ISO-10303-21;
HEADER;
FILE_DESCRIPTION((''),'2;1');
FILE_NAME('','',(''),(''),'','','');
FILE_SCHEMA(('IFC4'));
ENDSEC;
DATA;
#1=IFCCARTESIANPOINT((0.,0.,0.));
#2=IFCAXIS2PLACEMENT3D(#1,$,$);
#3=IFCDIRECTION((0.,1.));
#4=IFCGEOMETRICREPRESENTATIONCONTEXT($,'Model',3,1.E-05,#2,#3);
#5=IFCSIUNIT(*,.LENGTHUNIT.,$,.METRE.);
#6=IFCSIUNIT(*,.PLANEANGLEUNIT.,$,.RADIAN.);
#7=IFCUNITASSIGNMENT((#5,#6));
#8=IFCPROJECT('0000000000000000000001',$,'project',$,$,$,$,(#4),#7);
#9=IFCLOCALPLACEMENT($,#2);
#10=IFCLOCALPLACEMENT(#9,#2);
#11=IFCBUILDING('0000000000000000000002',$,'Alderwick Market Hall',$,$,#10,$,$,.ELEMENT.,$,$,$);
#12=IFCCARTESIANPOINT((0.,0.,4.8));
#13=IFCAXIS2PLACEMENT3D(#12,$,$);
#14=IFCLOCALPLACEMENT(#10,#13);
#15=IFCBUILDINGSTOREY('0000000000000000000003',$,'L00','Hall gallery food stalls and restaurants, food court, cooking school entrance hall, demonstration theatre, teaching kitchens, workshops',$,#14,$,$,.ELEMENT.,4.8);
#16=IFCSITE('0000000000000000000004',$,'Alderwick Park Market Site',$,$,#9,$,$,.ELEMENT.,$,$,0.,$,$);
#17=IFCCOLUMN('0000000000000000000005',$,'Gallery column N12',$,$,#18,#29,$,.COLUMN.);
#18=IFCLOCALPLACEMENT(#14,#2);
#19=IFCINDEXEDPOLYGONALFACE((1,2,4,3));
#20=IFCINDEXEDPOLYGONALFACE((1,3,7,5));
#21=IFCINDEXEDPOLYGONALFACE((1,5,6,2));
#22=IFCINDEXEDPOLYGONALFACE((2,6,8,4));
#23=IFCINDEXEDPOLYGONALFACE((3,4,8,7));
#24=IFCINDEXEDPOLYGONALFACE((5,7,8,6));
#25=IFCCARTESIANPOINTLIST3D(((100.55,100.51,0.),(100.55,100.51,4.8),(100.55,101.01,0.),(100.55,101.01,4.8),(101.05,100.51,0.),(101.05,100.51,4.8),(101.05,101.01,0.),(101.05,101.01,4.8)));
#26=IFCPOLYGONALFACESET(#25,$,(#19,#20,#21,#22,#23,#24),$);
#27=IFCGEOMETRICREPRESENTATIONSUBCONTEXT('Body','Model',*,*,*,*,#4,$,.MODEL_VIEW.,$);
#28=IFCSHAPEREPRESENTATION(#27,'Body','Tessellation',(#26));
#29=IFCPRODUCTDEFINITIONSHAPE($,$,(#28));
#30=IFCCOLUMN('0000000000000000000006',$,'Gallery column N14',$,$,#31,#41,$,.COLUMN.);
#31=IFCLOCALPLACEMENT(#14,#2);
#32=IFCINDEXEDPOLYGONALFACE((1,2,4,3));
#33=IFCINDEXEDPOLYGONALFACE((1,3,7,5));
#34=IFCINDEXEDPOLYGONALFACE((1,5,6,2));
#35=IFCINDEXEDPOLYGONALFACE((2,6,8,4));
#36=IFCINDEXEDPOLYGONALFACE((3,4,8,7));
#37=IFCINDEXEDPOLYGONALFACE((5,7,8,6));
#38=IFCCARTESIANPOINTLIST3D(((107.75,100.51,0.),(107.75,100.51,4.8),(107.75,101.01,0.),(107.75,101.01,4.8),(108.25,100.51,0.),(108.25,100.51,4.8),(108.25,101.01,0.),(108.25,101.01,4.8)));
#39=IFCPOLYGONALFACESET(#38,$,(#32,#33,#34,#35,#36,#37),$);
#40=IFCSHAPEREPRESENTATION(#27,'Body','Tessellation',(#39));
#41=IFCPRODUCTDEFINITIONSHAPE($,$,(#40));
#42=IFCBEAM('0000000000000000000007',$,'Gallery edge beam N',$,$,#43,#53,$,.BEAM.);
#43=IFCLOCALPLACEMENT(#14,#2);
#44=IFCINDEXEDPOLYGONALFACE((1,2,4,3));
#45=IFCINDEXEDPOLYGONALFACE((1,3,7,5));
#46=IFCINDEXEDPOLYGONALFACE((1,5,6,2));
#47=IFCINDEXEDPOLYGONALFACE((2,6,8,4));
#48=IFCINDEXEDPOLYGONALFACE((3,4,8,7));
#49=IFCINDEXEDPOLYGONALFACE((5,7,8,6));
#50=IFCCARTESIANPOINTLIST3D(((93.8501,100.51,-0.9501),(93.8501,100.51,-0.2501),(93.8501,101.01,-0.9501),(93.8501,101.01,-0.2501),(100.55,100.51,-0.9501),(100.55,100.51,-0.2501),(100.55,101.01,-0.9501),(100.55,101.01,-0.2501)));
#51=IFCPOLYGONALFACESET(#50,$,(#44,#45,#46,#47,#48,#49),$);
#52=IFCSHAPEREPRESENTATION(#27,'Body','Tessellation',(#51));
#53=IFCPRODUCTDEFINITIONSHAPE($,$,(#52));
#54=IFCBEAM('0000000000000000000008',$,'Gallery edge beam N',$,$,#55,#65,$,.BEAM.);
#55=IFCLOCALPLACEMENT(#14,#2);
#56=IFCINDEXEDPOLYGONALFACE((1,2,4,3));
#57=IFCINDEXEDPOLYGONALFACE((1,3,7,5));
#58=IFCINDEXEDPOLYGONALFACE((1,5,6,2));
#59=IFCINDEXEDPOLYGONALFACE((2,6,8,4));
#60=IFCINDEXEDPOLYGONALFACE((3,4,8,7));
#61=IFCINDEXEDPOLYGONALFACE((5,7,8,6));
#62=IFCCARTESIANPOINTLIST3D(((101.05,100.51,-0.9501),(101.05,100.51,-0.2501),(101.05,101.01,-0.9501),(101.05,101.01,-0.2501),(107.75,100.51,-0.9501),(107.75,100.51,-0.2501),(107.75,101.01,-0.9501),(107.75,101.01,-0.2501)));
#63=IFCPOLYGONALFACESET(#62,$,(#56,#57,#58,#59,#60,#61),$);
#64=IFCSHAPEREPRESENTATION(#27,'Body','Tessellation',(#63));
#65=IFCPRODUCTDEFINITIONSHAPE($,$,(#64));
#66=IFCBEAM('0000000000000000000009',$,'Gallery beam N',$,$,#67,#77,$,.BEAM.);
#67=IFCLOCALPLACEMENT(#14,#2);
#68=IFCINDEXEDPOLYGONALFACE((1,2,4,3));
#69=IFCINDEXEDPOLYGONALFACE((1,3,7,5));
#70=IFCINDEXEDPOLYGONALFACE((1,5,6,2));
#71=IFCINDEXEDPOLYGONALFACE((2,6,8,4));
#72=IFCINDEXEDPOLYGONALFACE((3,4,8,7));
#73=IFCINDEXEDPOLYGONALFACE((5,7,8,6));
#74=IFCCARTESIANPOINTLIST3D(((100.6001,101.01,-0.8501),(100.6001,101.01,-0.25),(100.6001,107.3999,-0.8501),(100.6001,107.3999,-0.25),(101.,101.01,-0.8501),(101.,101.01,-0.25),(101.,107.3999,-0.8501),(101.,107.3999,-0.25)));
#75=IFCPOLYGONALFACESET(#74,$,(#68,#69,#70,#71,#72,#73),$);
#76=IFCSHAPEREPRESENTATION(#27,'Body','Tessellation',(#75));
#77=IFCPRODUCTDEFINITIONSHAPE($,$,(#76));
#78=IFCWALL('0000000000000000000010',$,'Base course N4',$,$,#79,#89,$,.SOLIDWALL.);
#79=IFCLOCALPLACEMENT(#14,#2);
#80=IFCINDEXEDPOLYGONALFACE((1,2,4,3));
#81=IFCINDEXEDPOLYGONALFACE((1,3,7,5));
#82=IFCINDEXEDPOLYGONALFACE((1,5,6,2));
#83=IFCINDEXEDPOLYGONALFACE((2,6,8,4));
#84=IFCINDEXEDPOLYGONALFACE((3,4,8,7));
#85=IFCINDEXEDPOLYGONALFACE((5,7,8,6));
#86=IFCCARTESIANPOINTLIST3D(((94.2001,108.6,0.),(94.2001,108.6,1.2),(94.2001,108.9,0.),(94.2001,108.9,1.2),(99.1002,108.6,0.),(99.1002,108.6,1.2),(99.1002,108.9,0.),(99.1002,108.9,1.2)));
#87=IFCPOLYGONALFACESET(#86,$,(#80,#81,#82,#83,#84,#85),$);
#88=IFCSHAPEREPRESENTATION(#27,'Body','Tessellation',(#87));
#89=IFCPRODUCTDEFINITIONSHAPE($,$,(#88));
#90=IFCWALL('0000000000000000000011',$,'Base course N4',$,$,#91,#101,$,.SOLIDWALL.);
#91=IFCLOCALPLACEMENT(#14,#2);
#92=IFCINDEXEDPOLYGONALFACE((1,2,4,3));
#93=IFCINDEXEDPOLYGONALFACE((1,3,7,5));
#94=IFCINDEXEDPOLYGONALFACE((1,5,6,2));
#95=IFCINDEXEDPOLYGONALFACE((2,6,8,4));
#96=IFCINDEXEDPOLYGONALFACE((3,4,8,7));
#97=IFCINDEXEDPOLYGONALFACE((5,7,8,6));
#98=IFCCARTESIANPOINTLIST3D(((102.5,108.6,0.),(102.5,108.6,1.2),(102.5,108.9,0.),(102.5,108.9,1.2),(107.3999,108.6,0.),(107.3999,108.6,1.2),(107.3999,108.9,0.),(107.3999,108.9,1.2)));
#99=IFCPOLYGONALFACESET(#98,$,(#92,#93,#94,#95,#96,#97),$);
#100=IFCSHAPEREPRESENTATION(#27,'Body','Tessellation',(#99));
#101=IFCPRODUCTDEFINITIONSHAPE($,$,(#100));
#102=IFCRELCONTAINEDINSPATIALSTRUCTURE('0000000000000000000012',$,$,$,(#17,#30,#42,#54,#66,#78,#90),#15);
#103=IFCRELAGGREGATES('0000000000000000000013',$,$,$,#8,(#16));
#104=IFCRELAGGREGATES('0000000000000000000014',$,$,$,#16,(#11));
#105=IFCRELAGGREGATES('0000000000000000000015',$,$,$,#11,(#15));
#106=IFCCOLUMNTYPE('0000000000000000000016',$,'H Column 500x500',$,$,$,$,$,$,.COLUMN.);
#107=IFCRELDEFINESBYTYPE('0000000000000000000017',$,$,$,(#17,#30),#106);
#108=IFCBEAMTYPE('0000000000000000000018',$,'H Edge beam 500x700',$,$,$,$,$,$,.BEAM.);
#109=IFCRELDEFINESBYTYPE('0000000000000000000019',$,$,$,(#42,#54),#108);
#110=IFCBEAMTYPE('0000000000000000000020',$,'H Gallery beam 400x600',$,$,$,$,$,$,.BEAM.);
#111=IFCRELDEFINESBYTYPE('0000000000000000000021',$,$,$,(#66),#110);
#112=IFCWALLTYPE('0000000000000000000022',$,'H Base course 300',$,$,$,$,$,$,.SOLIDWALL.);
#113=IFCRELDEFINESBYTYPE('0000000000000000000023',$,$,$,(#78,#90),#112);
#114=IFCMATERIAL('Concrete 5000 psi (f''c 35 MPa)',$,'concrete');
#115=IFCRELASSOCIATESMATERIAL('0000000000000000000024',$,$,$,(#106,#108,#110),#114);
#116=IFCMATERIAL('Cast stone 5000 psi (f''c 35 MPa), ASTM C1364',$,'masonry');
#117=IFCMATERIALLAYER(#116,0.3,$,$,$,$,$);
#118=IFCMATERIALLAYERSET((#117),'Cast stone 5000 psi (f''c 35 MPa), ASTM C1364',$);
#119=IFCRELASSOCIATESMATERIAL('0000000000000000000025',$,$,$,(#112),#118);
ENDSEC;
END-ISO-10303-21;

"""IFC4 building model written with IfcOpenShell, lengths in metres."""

from ifc_helpers import new_model, si_unit, direction, frame, frame_2d, origin, origin_2d, place, context, subcontext, project, spatial, rectangle, extrude, material, layer, layer_set, material_profile, profile_set, type_object, element, save


model = new_model("IFC4")

# Units and contexts
model_context = context("Model", 3, precision=1e-05, world=origin(), true_north=direction((0.0, 1.0)))
body_context = subcontext(model_context, "Body", "Model", "MODEL_VIEW")
ifc_project = project(units=[si_unit("LENGTHUNIT", "METRE"), si_unit("PLANEANGLEUNIT", "RADIAN")], contexts=[model_context])

# Site, building, storey
site_placement = place(None, origin())
site = spatial("IfcSite", under=ifc_project, at=site_placement, Name="Alderwick Park Market Site", CompositionType="ELEMENT", RefElevation=0.0)
building_placement = place(site_placement, origin())
building = spatial("IfcBuilding", under=site, at=building_placement, Name="Alderwick Market Hall", CompositionType="ELEMENT")
storey_placement = place(building_placement, frame((0.0, 0.0, 4.8)))
storey = spatial("IfcBuildingStorey", under=building, at=storey_placement, Name="L00", Description="Hall gallery food stalls and restaurants, food court, cooking school entrance hall, demonstration theatre, teaching kitchens, workshops", CompositionType="ELEMENT", Elevation=4.8)

# Columns
ifc_material_1 = material(Name="Concrete 5000 psi (f'c 35 MPa)", Category="concrete")
ifc_material_profile_1 = material_profile(ifc_material_1, rectangle(XDim=0.5, YDim=0.5, at=origin_2d()), Name="RC 500x500")
ifc_profile_set_1 = profile_set([ifc_material_profile_1], Name="Concrete 5000 psi (f'c 35 MPa)")
column_type = type_object("IfcColumnType", Name="H Column 500x500", PredefinedType="COLUMN", material=ifc_profile_set_1)
for number, where, z_axis, x_axis, name in (
    (1, (100.8, 100.76, 0.0), (0.0, 0.0, 1.0), (1.0, 0.0, 0.0), "Gallery column N12"),
    (2, (108.0, 100.76, 0.0), (0.0, 0.0, 1.0), (1.0, 0.0, 0.0), "Gallery column N14"),
):
    element("IfcColumn", number, at=place(storey_placement, frame(where, z_axis=z_axis, x_axis=x_axis)), inside=storey, type_object=column_type, Name=name, PredefinedType="COLUMN", context=body_context, shape_type="SweptSolid", body=[
        extrude(rectangle(XDim=0.5, YDim=0.5, at=origin_2d()), origin(), (0.0, 0.0, 1.0), 4.8),
    ])

# Beams
ifc_material_profile_2 = material_profile(ifc_material_1, rectangle(XDim=0.5, YDim=0.7, at=origin_2d()), Name="RC 500x700")
ifc_profile_set_2 = profile_set([ifc_material_profile_2], Name="Concrete 5000 psi (f'c 35 MPa)")
beam_type_1 = type_object("IfcBeamType", Name="H Edge beam 500x700", PredefinedType="BEAM", material=ifc_profile_set_2)
for number, where, z_axis, x_axis, name in (
    (3, (93.8501, 100.76, -0.6001), (1.0, 0.0, 0.0), (0.0, 1.0, 0.0), "Gallery edge beam N"),
    (4, (101.05, 100.76, -0.6001), (1.0, 0.0, 0.0), (0.0, 1.0, 0.0), "Gallery edge beam N"),
):
    element("IfcBeam", number, at=place(storey_placement, frame(where, z_axis=z_axis, x_axis=x_axis)), inside=storey, type_object=beam_type_1, Name=name, PredefinedType="BEAM", context=body_context, shape_type="SweptSolid", body=[
        extrude(rectangle(XDim=0.5, YDim=0.7, at=origin_2d()), origin(), (0.0, 0.0, 1.0), 6.7),
    ])
ifc_material_profile_3 = material_profile(ifc_material_1, rectangle(XDim=0.3999, YDim=0.6001, at=origin_2d()), Name="RC 400x600")
ifc_profile_set_3 = profile_set([ifc_material_profile_3], Name="Concrete 5000 psi (f'c 35 MPa)")
beam_type_2 = type_object("IfcBeamType", Name="H Gallery beam 400x600", PredefinedType="BEAM", material=ifc_profile_set_3)
beam_placement = place(storey_placement, frame((100.8, 107.3999, -0.55), z_axis=(0.0, -1.0, 0.0), x_axis=(1.0, 0.0, 0.0)))
element("IfcBeam", 5, at=beam_placement, inside=storey, type_object=beam_type_2, Name="Gallery beam N", PredefinedType="BEAM", context=body_context, shape_type="SweptSolid", body=[
    extrude(rectangle(XDim=0.3999, YDim=0.6001, at=origin_2d()), origin(), (0.0, 0.0, 1.0), 6.3899),
])

# Walls
ifc_material_2 = material(Name="Cast stone 5000 psi (f'c 35 MPa), ASTM C1364", Category="masonry")
ifc_layer_1 = layer(ifc_material_2, 0.3)
ifc_layer_set_1 = layer_set([ifc_layer_1], Name="Cast stone 5000 psi (f'c 35 MPa), ASTM C1364")
wall_type_1 = type_object("IfcWallType", Name="H Base course 300", PredefinedType="SOLIDWALL", material=ifc_layer_set_1)
wall_1_placement = place(storey_placement, frame((94.2, 108.75, 0.0), z_axis=(0.0, 0.0, 1.0), x_axis=(1.0, 0.0, 0.0)))
element("IfcWall", 6, at=wall_1_placement, inside=storey, type_object=wall_type_1, Name="Base course N4", PredefinedType="SOLIDWALL", context=body_context, shape_type="SweptSolid", body=[
    extrude(rectangle(XDim=4.9001, YDim=0.3, at=frame_2d((2.4502, 0.0))), origin(), (0.0, 0.0, 1.0), 1.2),
])
wall_2_placement = place(storey_placement, frame((102.5, 108.75, 0.0), z_axis=(0.0, 0.0, 1.0), x_axis=(1.0, 0.0, 0.0)))
element("IfcWall", 7, at=wall_2_placement, inside=storey, type_object=wall_type_1, Name="Base course N4", PredefinedType="SOLIDWALL", context=body_context, shape_type="SweptSolid", body=[
    extrude(rectangle(XDim=4.8999, YDim=0.3, at=frame_2d((2.45, 0.0))), origin(), (0.0, 0.0, 1.0), 1.2),
])

save(model, "model.ifc")
